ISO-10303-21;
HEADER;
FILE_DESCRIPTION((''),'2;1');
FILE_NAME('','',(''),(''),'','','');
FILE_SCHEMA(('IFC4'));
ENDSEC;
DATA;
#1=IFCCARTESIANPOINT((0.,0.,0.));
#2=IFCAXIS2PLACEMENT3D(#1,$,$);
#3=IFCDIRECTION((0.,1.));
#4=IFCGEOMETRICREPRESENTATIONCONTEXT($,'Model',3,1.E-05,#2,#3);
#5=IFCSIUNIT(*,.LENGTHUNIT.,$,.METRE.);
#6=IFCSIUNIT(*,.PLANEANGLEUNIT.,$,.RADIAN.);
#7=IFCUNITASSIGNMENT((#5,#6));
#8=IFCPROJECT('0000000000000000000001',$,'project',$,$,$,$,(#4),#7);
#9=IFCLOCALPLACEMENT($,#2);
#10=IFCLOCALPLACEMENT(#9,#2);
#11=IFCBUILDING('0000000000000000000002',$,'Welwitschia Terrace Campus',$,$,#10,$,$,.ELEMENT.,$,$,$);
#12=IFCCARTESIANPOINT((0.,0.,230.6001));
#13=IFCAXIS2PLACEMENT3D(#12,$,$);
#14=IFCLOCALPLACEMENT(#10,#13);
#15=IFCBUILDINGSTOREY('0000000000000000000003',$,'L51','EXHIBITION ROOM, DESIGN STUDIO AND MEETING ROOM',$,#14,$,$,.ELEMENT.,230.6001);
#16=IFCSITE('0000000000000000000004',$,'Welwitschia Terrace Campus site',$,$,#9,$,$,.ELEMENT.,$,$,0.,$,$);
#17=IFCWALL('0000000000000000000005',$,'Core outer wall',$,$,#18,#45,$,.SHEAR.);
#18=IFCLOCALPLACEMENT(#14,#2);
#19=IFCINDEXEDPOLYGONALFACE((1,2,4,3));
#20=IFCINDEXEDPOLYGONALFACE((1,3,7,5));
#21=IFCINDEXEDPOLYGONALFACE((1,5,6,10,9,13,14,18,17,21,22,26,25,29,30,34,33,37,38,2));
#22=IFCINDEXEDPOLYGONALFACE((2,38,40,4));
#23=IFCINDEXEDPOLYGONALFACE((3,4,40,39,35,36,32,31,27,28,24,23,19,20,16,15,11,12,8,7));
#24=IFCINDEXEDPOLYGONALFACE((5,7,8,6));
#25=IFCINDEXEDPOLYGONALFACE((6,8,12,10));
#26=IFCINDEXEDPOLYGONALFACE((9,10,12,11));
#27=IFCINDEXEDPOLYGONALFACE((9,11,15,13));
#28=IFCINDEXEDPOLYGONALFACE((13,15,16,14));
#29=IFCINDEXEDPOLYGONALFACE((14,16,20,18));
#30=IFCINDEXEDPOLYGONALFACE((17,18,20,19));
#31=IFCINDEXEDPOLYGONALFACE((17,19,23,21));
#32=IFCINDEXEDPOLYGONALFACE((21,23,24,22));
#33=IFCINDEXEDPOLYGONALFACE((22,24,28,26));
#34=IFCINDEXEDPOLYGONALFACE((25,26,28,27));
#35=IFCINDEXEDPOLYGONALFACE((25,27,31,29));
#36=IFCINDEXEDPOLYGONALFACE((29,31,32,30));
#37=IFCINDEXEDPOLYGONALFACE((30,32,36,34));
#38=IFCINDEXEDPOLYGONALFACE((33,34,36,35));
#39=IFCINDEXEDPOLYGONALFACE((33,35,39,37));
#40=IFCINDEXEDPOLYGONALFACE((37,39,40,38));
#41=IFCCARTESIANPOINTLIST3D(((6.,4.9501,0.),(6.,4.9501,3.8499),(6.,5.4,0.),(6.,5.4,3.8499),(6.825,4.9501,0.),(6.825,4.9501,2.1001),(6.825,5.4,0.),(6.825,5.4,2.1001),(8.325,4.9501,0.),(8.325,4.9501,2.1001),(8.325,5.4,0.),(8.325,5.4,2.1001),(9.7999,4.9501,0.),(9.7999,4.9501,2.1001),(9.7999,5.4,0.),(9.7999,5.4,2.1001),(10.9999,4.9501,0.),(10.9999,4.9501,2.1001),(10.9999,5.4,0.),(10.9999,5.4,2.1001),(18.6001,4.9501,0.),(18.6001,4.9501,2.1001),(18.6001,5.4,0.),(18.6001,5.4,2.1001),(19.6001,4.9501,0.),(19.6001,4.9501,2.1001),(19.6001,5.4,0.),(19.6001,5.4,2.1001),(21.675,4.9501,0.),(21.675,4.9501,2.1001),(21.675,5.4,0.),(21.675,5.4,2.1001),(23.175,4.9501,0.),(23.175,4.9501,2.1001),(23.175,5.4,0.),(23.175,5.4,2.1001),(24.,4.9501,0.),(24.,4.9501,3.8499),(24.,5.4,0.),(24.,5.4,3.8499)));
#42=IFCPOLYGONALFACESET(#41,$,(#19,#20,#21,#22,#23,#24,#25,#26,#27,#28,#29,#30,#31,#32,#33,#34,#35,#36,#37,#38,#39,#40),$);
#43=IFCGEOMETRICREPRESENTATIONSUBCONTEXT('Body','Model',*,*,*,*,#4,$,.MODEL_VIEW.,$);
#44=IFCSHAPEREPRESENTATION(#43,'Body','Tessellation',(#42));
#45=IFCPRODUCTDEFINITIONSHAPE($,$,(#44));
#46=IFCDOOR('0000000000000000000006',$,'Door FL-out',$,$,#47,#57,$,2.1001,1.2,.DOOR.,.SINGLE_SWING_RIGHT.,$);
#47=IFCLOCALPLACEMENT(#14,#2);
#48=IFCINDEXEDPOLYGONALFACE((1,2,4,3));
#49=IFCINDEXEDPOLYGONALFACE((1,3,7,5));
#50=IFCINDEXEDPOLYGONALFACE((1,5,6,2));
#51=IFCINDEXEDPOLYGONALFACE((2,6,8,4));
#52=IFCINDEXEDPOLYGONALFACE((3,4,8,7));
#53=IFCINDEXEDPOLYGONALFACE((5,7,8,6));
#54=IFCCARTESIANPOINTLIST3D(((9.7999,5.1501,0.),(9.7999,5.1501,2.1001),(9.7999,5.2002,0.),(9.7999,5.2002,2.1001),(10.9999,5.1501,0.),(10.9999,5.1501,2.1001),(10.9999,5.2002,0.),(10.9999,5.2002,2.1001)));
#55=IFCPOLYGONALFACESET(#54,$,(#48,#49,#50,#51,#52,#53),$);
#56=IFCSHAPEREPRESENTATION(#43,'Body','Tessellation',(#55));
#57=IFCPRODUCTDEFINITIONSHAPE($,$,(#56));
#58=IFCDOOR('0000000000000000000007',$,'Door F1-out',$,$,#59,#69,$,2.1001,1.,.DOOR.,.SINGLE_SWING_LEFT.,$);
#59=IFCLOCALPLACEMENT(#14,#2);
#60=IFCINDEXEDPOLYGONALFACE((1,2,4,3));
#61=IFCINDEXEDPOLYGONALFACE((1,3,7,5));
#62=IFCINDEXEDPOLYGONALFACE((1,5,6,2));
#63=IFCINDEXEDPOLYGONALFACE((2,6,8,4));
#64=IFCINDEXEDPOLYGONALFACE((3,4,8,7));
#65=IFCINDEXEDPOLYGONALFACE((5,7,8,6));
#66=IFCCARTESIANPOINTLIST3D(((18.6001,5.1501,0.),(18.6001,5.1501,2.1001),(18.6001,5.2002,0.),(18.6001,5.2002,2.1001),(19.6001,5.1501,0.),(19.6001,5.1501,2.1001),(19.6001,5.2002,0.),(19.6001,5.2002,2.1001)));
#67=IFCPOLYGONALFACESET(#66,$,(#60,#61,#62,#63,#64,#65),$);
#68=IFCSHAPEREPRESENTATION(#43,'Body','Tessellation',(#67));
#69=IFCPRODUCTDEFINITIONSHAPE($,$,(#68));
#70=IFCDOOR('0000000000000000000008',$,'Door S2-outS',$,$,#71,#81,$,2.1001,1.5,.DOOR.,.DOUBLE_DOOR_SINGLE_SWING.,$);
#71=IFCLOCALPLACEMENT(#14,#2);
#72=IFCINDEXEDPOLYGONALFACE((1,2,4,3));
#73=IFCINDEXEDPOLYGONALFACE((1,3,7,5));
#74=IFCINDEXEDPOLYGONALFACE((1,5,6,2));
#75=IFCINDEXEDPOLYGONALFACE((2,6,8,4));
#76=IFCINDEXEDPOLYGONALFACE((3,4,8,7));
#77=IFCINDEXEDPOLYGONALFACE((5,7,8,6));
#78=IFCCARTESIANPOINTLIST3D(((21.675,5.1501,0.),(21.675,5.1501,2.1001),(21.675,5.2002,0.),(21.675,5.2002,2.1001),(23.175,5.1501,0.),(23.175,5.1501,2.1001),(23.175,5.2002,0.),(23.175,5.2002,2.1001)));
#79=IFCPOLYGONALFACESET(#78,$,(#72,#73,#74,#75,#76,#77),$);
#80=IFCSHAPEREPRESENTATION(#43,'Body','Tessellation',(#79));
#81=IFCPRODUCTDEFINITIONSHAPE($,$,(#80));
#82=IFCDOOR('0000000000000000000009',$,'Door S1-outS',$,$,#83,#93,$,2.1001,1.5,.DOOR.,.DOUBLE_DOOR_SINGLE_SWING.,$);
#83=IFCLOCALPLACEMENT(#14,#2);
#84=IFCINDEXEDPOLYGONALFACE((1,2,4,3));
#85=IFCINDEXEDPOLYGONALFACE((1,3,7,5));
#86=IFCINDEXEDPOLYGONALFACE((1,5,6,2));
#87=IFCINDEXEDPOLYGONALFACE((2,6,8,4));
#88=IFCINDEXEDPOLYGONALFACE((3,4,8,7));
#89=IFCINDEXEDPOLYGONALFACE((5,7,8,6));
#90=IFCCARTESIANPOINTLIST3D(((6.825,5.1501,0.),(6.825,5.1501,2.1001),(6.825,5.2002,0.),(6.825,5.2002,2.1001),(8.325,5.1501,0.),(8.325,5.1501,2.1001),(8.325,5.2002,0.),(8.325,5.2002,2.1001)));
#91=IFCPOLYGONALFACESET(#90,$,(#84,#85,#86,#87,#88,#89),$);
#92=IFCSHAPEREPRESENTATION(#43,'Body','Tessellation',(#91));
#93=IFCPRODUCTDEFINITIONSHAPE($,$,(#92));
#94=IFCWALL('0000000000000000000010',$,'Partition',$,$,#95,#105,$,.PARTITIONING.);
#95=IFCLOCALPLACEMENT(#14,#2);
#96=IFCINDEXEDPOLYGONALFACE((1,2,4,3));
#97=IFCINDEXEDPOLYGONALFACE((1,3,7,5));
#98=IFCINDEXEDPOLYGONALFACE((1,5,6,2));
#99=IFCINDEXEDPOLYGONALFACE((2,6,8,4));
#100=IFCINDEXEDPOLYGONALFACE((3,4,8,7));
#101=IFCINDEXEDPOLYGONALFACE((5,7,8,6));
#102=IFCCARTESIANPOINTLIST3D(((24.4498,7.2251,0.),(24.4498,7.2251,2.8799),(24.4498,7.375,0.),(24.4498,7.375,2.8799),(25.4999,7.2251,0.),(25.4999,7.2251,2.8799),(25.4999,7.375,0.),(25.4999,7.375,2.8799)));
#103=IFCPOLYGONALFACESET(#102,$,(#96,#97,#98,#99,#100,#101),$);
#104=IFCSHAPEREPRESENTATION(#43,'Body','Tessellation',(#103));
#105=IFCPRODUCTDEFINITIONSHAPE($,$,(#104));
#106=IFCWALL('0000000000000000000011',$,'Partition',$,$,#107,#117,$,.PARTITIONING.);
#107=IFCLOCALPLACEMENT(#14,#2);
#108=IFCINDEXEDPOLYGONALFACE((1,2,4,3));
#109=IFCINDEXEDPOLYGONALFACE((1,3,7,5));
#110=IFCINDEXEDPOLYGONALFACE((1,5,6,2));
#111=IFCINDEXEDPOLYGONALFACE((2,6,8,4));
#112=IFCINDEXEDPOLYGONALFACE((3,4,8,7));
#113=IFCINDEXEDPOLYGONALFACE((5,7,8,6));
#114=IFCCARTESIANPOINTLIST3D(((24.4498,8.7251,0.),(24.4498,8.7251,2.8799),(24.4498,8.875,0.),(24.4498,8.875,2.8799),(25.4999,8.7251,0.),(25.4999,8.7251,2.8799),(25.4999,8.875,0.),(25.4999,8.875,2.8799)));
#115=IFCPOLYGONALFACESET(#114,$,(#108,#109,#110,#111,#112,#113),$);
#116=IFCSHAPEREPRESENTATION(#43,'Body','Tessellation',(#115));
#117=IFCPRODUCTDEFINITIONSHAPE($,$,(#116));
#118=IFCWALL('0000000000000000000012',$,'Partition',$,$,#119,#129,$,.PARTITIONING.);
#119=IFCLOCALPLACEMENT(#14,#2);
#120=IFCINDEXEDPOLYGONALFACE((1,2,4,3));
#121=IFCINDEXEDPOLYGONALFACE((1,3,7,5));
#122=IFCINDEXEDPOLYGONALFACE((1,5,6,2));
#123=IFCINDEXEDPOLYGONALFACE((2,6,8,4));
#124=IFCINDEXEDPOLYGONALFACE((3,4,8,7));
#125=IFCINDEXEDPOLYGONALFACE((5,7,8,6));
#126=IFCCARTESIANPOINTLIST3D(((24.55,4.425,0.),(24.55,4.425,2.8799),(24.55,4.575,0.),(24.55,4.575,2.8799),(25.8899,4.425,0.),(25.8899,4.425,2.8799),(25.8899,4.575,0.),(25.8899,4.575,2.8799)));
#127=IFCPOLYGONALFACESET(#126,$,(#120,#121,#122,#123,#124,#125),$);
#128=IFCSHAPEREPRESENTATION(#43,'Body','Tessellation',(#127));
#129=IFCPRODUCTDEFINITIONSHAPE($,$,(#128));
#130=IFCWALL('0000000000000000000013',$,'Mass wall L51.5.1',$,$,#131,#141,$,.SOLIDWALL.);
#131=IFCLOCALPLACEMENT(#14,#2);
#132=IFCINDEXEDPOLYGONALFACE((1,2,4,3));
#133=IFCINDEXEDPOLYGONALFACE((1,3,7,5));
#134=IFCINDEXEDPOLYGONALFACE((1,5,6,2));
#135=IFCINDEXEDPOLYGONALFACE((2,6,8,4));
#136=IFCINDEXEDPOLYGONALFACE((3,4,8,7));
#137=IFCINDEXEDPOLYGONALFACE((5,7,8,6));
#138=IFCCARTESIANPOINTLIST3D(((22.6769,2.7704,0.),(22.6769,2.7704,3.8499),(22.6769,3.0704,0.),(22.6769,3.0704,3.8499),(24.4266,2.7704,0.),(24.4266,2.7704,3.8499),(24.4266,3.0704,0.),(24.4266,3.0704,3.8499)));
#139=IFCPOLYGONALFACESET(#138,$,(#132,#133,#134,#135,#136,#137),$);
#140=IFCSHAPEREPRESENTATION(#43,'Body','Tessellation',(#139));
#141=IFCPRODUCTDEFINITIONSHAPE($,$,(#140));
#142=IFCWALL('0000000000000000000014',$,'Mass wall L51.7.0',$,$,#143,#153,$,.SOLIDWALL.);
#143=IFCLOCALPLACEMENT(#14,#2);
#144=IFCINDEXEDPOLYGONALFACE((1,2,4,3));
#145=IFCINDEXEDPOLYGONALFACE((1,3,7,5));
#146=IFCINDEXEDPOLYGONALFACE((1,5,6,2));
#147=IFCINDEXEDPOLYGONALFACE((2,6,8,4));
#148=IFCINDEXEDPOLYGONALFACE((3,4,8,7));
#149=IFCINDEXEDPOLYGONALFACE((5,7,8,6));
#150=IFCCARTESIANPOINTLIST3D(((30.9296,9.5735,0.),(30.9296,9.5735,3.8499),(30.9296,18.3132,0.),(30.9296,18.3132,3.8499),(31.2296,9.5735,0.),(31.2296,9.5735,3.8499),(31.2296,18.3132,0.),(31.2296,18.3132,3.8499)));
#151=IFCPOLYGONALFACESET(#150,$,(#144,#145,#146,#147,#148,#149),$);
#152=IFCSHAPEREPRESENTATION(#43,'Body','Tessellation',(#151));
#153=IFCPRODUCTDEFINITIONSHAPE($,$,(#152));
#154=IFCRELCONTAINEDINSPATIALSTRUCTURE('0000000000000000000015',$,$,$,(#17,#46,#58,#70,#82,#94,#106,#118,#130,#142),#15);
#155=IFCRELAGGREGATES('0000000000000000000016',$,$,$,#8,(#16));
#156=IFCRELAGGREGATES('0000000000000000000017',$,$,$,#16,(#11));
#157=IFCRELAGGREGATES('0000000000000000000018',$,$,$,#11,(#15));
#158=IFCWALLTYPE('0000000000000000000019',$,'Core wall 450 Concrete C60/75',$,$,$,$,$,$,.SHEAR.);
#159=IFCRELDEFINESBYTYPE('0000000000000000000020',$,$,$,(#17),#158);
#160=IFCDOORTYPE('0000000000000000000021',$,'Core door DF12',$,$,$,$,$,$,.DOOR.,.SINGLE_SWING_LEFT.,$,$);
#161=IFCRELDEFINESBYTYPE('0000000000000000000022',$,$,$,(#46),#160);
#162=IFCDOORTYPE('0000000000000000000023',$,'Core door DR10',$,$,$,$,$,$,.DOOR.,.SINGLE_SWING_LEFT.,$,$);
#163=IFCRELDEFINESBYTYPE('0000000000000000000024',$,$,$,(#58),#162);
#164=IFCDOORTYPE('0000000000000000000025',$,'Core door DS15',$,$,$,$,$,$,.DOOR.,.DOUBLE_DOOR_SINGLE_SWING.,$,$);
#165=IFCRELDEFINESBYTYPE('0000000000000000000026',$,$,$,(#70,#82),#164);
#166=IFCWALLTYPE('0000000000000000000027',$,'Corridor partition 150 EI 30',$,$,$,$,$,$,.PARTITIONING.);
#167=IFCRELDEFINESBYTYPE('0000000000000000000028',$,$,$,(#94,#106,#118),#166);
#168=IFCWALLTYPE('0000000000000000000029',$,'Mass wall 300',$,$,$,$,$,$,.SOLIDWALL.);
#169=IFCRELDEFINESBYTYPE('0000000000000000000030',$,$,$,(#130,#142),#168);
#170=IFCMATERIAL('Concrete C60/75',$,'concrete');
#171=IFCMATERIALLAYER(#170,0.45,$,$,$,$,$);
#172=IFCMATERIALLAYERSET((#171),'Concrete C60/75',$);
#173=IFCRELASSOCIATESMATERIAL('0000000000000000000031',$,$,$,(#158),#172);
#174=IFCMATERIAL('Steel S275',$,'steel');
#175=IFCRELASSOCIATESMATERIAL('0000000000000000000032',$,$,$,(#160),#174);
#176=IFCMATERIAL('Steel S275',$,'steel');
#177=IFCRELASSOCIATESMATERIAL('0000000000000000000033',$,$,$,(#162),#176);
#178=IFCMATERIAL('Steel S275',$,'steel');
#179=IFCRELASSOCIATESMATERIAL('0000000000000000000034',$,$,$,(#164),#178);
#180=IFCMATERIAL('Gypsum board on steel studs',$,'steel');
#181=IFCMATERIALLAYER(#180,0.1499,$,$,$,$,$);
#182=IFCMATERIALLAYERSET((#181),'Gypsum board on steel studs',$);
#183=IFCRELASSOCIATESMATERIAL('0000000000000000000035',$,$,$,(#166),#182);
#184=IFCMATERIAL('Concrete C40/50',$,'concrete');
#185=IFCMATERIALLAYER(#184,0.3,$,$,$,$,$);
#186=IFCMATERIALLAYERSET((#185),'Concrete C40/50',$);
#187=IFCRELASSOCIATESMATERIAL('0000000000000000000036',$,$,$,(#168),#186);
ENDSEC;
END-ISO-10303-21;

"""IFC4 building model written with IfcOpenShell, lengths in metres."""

from ifc_helpers import new_model, si_unit, direction, frame, frame_2d, origin, place, context, subcontext, project, spatial, rectangle, extrude, material, layer, layer_set, type_object, element, fill, save


model = new_model("IFC4")

# Units and contexts
model_context = context("Model", 3, precision=1e-05, world=origin(), true_north=direction((0.0, 1.0)))
body_context = subcontext(model_context, "Body", "Model", "MODEL_VIEW")
ifc_project = project(units=[si_unit("LENGTHUNIT", "METRE"), si_unit("PLANEANGLEUNIT", "RADIAN")], contexts=[model_context])

# Site, building, storey
site_placement = place(None, origin())
site = spatial("IfcSite", under=ifc_project, at=site_placement, Name="Welwitschia Terrace Campus site", CompositionType="ELEMENT", RefElevation=0.0)
building_placement = place(site_placement, origin())
building = spatial("IfcBuilding", under=site, at=building_placement, Name="Welwitschia Terrace Campus", CompositionType="ELEMENT")
storey_placement = place(building_placement, frame((0.0, 0.0, 230.6001)))
storey = spatial("IfcBuildingStorey", under=building, at=storey_placement, Name="L51", Description="EXHIBITION ROOM, DESIGN STUDIO AND MEETING ROOM", CompositionType="ELEMENT", Elevation=230.6001)

# Wall, openings, doors
ifc_material_1 = material(Name="Concrete C60/75", Category="concrete")
ifc_layer_1 = layer(ifc_material_1, 0.45)
ifc_layer_set_1 = layer_set([ifc_layer_1], Name="Concrete C60/75")
wall_type_1 = type_object("IfcWallType", Name="Core wall 450 Concrete C60/75", PredefinedType="SHEAR", material=ifc_layer_set_1)
wall_1_placement = place(storey_placement, frame((24.0, 5.175, 0.0), z_axis=(0.0, 0.0, 1.0), x_axis=(-1.0, 0.0, 0.0)))
wall_1 = element("IfcWall", 1, at=wall_1_placement, inside=storey, type_object=wall_type_1, Name="Core outer wall", PredefinedType="SHEAR", context=body_context, shape_type="SweptSolid", body=[
    extrude(rectangle(XDim=18.0, YDim=0.45, at=frame_2d((9.0, 0.0))), origin(), (0.0, 0.0, 1.0), 3.8499),
])
opening_1_placement = place(wall_1_placement, frame((0.825, 0.0, 0.0)))
opening_1 = element("IfcOpeningElement", 2, at=opening_1_placement, cuts=wall_1, PredefinedType="OPENING", context=body_context, shape_type="SweptSolid", body=[
    extrude(rectangle(XDim=1.5, YDim=2.1001, at=frame_2d((0.75, 1.05))), frame((0.0, 0.2349, 0.0), z_axis=(0.0, -1.0, 0.0), x_axis=(1.0, 0.0, 0.0)), (0.0, 0.0, 1.0), 0.47),
])
opening_2_placement = place(wall_1_placement, frame((15.675, 0.0, 0.0)))
opening_2 = element("IfcOpeningElement", 3, at=opening_2_placement, cuts=wall_1, PredefinedType="OPENING", context=body_context, shape_type="SweptSolid", body=[
    extrude(rectangle(XDim=1.5, YDim=2.1001, at=frame_2d((0.75, 1.05))), frame((0.0, 0.2349, 0.0), z_axis=(0.0, -1.0, 0.0), x_axis=(1.0, 0.0, 0.0)), (0.0, 0.0, 1.0), 0.47),
])
opening_3_placement = place(wall_1_placement, frame((13.0, 0.0, 0.0)))
opening_3 = element("IfcOpeningElement", 4, at=opening_3_placement, cuts=wall_1, PredefinedType="OPENING", context=body_context, shape_type="SweptSolid", body=[
    extrude(rectangle(XDim=1.2, YDim=2.1001, at=frame_2d((0.6001, 1.05))), frame((0.0, 0.2349, 0.0), z_axis=(0.0, -1.0, 0.0), x_axis=(1.0, 0.0, 0.0)), (0.0, 0.0, 1.0), 0.47),
])
opening_4_placement = place(wall_1_placement, frame((4.3999, 0.0, 0.0)))
opening_4 = element("IfcOpeningElement", 5, at=opening_4_placement, cuts=wall_1, PredefinedType="OPENING", context=body_context, shape_type="SweptSolid", body=[
    extrude(rectangle(XDim=1.0, YDim=2.1001, at=frame_2d((0.5, 1.05))), frame((0.0, 0.2349, 0.0), z_axis=(0.0, -1.0, 0.0), x_axis=(1.0, 0.0, 0.0)), (0.0, 0.0, 1.0), 0.47),
])
ifc_material_2 = material(Name="Steel S275", Category="steel")
door_type_1 = type_object("IfcDoorType", Name="Core door DF12", OperationType="SINGLE_SWING_LEFT", PredefinedType="DOOR", material=ifc_material_2)
door_1_placement = place(opening_3_placement, origin())
door_1 = element("IfcDoor", 6, at=door_1_placement, inside=storey, type_object=door_type_1, Name="Door FL-out", OperationType="SINGLE_SWING_RIGHT", OverallHeight=2.1001, OverallWidth=1.2, PredefinedType="DOOR", context=body_context, shape_type="SweptSolid", body=[
    extrude(rectangle(XDim=1.2, YDim=2.1001, at=frame_2d((0.6001, 1.05))), frame((0.0, 0.0249, 0.0), z_axis=(0.0, -1.0, 0.0), x_axis=(1.0, 0.0, 0.0)), (0.0, 0.0, 1.0), 0.05),
])
fill(opening_3, door_1)
ifc_material_3 = material(Name="Steel S275", Category="steel")
door_type_2 = type_object("IfcDoorType", Name="Core door DR10", OperationType="SINGLE_SWING_LEFT", PredefinedType="DOOR", material=ifc_material_3)
door_2_placement = place(opening_4_placement, origin())
door_2 = element("IfcDoor", 7, at=door_2_placement, inside=storey, type_object=door_type_2, Name="Door F1-out", OperationType="SINGLE_SWING_LEFT", OverallHeight=2.1001, OverallWidth=1.0, PredefinedType="DOOR", context=body_context, shape_type="SweptSolid", body=[
    extrude(rectangle(XDim=1.0, YDim=2.1001, at=frame_2d((0.5, 1.05))), frame((0.0, 0.0249, 0.0), z_axis=(0.0, -1.0, 0.0), x_axis=(1.0, 0.0, 0.0)), (0.0, 0.0, 1.0), 0.05),
])
fill(opening_4, door_2)
ifc_material_4 = material(Name="Steel S275", Category="steel")
door_type_3 = type_object("IfcDoorType", Name="Core door DS15", OperationType="DOUBLE_DOOR_SINGLE_SWING", PredefinedType="DOOR", material=ifc_material_4)
door_3_placement = place(opening_1_placement, origin())
door_3 = element("IfcDoor", 8, at=door_3_placement, inside=storey, type_object=door_type_3, Name="Door S2-outS", OperationType="DOUBLE_DOOR_SINGLE_SWING", OverallHeight=2.1001, OverallWidth=1.5, PredefinedType="DOOR", context=body_context, shape_type="SweptSolid", body=[
    extrude(rectangle(XDim=1.5, YDim=2.1001, at=frame_2d((0.75, 1.05))), frame((0.0, 0.0249, 0.0), z_axis=(0.0, -1.0, 0.0), x_axis=(1.0, 0.0, 0.0)), (0.0, 0.0, 1.0), 0.05),
])
fill(opening_1, door_3)
door_4_placement = place(opening_2_placement, origin())
door_4 = element("IfcDoor", 9, at=door_4_placement, inside=storey, type_object=door_type_3, Name="Door S1-outS", OperationType="DOUBLE_DOOR_SINGLE_SWING", OverallHeight=2.1001, OverallWidth=1.5, PredefinedType="DOOR", context=body_context, shape_type="SweptSolid", body=[
    extrude(rectangle(XDim=1.5, YDim=2.1001, at=frame_2d((0.75, 1.05))), frame((0.0, 0.0249, 0.0), z_axis=(0.0, -1.0, 0.0), x_axis=(1.0, 0.0, 0.0)), (0.0, 0.0, 1.0), 0.05),
])
fill(opening_2, door_4)

# Walls
ifc_material_5 = material(Name="Gypsum board on steel studs", Category="steel")
ifc_layer_2 = layer(ifc_material_5, 0.1499)
ifc_layer_set_2 = layer_set([ifc_layer_2], Name="Gypsum board on steel studs")
wall_type_2 = type_object("IfcWallType", Name="Corridor partition 150 EI 30", PredefinedType="PARTITIONING", material=ifc_layer_set_2)
for number, where, z_axis, x_axis, name in (
    (10, (24.45, 7.3, 0.0), (0.0, 0.0, 1.0), (1.0, 0.0, 0.0), "Partition"),
    (11, (24.45, 8.8, 0.0), (0.0, 0.0, 1.0), (1.0, 0.0, 0.0), "Partition"),
):
    element("IfcWall", number, at=place(storey_placement, frame(where, z_axis=z_axis, x_axis=x_axis)), inside=storey, type_object=wall_type_2, Name=name, PredefinedType="PARTITIONING", context=body_context, shape_type="SweptSolid", body=[
        extrude(rectangle(XDim=1.05, YDim=0.1499, at=frame_2d((0.5249, 0.0))), origin(), (0.0, 0.0, 1.0), 2.8799),
    ])
wall_2_placement = place(storey_placement, frame((24.55, 4.5, 0.0), z_axis=(0.0, 0.0, 1.0), x_axis=(1.0, 0.0, 0.0)))
element("IfcWall", 12, at=wall_2_placement, inside=storey, type_object=wall_type_2, Name="Partition", PredefinedType="PARTITIONING", context=body_context, shape_type="SweptSolid", body=[
    extrude(rectangle(XDim=1.3398, YDim=0.1499, at=frame_2d((0.6699, 0.0))), origin(), (0.0, 0.0, 1.0), 2.8799),
])
ifc_material_6 = material(Name="Concrete C40/50", Category="concrete")
ifc_layer_3 = layer(ifc_material_6, 0.3)
ifc_layer_set_3 = layer_set([ifc_layer_3], Name="Concrete C40/50")
wall_type_3 = type_object("IfcWallType", Name="Mass wall 300", PredefinedType="SOLIDWALL", material=ifc_layer_set_3)
wall_3_placement = place(storey_placement, frame((22.6768, 2.9204, 0.0), z_axis=(0.0, 0.0, 1.0), x_axis=(1.0, 0.0, 0.0)))
element("IfcWall", 13, at=wall_3_placement, inside=storey, type_object=wall_type_3, Name="Mass wall L51.5.1", PredefinedType="SOLIDWALL", context=body_context, shape_type="SweptSolid", body=[
    extrude(rectangle(XDim=1.7498, YDim=0.3, at=frame_2d((0.875, 0.0))), origin(), (0.0, 0.0, 1.0), 3.8499),
])
wall_4_placement = place(storey_placement, frame((31.0796, 9.5735, 0.0), z_axis=(0.0, 0.0, 1.0), x_axis=(0.0, 1.0, 0.0)))
element("IfcWall", 14, at=wall_4_placement, inside=storey, type_object=wall_type_3, Name="Mass wall L51.7.0", PredefinedType="SOLIDWALL", context=body_context, shape_type="SweptSolid", body=[
    extrude(rectangle(XDim=8.7397, YDim=0.3, at=frame_2d((4.3699, 0.0))), origin(), (0.0, 0.0, 1.0), 3.8499),
])

save(model, "model.ifc")
